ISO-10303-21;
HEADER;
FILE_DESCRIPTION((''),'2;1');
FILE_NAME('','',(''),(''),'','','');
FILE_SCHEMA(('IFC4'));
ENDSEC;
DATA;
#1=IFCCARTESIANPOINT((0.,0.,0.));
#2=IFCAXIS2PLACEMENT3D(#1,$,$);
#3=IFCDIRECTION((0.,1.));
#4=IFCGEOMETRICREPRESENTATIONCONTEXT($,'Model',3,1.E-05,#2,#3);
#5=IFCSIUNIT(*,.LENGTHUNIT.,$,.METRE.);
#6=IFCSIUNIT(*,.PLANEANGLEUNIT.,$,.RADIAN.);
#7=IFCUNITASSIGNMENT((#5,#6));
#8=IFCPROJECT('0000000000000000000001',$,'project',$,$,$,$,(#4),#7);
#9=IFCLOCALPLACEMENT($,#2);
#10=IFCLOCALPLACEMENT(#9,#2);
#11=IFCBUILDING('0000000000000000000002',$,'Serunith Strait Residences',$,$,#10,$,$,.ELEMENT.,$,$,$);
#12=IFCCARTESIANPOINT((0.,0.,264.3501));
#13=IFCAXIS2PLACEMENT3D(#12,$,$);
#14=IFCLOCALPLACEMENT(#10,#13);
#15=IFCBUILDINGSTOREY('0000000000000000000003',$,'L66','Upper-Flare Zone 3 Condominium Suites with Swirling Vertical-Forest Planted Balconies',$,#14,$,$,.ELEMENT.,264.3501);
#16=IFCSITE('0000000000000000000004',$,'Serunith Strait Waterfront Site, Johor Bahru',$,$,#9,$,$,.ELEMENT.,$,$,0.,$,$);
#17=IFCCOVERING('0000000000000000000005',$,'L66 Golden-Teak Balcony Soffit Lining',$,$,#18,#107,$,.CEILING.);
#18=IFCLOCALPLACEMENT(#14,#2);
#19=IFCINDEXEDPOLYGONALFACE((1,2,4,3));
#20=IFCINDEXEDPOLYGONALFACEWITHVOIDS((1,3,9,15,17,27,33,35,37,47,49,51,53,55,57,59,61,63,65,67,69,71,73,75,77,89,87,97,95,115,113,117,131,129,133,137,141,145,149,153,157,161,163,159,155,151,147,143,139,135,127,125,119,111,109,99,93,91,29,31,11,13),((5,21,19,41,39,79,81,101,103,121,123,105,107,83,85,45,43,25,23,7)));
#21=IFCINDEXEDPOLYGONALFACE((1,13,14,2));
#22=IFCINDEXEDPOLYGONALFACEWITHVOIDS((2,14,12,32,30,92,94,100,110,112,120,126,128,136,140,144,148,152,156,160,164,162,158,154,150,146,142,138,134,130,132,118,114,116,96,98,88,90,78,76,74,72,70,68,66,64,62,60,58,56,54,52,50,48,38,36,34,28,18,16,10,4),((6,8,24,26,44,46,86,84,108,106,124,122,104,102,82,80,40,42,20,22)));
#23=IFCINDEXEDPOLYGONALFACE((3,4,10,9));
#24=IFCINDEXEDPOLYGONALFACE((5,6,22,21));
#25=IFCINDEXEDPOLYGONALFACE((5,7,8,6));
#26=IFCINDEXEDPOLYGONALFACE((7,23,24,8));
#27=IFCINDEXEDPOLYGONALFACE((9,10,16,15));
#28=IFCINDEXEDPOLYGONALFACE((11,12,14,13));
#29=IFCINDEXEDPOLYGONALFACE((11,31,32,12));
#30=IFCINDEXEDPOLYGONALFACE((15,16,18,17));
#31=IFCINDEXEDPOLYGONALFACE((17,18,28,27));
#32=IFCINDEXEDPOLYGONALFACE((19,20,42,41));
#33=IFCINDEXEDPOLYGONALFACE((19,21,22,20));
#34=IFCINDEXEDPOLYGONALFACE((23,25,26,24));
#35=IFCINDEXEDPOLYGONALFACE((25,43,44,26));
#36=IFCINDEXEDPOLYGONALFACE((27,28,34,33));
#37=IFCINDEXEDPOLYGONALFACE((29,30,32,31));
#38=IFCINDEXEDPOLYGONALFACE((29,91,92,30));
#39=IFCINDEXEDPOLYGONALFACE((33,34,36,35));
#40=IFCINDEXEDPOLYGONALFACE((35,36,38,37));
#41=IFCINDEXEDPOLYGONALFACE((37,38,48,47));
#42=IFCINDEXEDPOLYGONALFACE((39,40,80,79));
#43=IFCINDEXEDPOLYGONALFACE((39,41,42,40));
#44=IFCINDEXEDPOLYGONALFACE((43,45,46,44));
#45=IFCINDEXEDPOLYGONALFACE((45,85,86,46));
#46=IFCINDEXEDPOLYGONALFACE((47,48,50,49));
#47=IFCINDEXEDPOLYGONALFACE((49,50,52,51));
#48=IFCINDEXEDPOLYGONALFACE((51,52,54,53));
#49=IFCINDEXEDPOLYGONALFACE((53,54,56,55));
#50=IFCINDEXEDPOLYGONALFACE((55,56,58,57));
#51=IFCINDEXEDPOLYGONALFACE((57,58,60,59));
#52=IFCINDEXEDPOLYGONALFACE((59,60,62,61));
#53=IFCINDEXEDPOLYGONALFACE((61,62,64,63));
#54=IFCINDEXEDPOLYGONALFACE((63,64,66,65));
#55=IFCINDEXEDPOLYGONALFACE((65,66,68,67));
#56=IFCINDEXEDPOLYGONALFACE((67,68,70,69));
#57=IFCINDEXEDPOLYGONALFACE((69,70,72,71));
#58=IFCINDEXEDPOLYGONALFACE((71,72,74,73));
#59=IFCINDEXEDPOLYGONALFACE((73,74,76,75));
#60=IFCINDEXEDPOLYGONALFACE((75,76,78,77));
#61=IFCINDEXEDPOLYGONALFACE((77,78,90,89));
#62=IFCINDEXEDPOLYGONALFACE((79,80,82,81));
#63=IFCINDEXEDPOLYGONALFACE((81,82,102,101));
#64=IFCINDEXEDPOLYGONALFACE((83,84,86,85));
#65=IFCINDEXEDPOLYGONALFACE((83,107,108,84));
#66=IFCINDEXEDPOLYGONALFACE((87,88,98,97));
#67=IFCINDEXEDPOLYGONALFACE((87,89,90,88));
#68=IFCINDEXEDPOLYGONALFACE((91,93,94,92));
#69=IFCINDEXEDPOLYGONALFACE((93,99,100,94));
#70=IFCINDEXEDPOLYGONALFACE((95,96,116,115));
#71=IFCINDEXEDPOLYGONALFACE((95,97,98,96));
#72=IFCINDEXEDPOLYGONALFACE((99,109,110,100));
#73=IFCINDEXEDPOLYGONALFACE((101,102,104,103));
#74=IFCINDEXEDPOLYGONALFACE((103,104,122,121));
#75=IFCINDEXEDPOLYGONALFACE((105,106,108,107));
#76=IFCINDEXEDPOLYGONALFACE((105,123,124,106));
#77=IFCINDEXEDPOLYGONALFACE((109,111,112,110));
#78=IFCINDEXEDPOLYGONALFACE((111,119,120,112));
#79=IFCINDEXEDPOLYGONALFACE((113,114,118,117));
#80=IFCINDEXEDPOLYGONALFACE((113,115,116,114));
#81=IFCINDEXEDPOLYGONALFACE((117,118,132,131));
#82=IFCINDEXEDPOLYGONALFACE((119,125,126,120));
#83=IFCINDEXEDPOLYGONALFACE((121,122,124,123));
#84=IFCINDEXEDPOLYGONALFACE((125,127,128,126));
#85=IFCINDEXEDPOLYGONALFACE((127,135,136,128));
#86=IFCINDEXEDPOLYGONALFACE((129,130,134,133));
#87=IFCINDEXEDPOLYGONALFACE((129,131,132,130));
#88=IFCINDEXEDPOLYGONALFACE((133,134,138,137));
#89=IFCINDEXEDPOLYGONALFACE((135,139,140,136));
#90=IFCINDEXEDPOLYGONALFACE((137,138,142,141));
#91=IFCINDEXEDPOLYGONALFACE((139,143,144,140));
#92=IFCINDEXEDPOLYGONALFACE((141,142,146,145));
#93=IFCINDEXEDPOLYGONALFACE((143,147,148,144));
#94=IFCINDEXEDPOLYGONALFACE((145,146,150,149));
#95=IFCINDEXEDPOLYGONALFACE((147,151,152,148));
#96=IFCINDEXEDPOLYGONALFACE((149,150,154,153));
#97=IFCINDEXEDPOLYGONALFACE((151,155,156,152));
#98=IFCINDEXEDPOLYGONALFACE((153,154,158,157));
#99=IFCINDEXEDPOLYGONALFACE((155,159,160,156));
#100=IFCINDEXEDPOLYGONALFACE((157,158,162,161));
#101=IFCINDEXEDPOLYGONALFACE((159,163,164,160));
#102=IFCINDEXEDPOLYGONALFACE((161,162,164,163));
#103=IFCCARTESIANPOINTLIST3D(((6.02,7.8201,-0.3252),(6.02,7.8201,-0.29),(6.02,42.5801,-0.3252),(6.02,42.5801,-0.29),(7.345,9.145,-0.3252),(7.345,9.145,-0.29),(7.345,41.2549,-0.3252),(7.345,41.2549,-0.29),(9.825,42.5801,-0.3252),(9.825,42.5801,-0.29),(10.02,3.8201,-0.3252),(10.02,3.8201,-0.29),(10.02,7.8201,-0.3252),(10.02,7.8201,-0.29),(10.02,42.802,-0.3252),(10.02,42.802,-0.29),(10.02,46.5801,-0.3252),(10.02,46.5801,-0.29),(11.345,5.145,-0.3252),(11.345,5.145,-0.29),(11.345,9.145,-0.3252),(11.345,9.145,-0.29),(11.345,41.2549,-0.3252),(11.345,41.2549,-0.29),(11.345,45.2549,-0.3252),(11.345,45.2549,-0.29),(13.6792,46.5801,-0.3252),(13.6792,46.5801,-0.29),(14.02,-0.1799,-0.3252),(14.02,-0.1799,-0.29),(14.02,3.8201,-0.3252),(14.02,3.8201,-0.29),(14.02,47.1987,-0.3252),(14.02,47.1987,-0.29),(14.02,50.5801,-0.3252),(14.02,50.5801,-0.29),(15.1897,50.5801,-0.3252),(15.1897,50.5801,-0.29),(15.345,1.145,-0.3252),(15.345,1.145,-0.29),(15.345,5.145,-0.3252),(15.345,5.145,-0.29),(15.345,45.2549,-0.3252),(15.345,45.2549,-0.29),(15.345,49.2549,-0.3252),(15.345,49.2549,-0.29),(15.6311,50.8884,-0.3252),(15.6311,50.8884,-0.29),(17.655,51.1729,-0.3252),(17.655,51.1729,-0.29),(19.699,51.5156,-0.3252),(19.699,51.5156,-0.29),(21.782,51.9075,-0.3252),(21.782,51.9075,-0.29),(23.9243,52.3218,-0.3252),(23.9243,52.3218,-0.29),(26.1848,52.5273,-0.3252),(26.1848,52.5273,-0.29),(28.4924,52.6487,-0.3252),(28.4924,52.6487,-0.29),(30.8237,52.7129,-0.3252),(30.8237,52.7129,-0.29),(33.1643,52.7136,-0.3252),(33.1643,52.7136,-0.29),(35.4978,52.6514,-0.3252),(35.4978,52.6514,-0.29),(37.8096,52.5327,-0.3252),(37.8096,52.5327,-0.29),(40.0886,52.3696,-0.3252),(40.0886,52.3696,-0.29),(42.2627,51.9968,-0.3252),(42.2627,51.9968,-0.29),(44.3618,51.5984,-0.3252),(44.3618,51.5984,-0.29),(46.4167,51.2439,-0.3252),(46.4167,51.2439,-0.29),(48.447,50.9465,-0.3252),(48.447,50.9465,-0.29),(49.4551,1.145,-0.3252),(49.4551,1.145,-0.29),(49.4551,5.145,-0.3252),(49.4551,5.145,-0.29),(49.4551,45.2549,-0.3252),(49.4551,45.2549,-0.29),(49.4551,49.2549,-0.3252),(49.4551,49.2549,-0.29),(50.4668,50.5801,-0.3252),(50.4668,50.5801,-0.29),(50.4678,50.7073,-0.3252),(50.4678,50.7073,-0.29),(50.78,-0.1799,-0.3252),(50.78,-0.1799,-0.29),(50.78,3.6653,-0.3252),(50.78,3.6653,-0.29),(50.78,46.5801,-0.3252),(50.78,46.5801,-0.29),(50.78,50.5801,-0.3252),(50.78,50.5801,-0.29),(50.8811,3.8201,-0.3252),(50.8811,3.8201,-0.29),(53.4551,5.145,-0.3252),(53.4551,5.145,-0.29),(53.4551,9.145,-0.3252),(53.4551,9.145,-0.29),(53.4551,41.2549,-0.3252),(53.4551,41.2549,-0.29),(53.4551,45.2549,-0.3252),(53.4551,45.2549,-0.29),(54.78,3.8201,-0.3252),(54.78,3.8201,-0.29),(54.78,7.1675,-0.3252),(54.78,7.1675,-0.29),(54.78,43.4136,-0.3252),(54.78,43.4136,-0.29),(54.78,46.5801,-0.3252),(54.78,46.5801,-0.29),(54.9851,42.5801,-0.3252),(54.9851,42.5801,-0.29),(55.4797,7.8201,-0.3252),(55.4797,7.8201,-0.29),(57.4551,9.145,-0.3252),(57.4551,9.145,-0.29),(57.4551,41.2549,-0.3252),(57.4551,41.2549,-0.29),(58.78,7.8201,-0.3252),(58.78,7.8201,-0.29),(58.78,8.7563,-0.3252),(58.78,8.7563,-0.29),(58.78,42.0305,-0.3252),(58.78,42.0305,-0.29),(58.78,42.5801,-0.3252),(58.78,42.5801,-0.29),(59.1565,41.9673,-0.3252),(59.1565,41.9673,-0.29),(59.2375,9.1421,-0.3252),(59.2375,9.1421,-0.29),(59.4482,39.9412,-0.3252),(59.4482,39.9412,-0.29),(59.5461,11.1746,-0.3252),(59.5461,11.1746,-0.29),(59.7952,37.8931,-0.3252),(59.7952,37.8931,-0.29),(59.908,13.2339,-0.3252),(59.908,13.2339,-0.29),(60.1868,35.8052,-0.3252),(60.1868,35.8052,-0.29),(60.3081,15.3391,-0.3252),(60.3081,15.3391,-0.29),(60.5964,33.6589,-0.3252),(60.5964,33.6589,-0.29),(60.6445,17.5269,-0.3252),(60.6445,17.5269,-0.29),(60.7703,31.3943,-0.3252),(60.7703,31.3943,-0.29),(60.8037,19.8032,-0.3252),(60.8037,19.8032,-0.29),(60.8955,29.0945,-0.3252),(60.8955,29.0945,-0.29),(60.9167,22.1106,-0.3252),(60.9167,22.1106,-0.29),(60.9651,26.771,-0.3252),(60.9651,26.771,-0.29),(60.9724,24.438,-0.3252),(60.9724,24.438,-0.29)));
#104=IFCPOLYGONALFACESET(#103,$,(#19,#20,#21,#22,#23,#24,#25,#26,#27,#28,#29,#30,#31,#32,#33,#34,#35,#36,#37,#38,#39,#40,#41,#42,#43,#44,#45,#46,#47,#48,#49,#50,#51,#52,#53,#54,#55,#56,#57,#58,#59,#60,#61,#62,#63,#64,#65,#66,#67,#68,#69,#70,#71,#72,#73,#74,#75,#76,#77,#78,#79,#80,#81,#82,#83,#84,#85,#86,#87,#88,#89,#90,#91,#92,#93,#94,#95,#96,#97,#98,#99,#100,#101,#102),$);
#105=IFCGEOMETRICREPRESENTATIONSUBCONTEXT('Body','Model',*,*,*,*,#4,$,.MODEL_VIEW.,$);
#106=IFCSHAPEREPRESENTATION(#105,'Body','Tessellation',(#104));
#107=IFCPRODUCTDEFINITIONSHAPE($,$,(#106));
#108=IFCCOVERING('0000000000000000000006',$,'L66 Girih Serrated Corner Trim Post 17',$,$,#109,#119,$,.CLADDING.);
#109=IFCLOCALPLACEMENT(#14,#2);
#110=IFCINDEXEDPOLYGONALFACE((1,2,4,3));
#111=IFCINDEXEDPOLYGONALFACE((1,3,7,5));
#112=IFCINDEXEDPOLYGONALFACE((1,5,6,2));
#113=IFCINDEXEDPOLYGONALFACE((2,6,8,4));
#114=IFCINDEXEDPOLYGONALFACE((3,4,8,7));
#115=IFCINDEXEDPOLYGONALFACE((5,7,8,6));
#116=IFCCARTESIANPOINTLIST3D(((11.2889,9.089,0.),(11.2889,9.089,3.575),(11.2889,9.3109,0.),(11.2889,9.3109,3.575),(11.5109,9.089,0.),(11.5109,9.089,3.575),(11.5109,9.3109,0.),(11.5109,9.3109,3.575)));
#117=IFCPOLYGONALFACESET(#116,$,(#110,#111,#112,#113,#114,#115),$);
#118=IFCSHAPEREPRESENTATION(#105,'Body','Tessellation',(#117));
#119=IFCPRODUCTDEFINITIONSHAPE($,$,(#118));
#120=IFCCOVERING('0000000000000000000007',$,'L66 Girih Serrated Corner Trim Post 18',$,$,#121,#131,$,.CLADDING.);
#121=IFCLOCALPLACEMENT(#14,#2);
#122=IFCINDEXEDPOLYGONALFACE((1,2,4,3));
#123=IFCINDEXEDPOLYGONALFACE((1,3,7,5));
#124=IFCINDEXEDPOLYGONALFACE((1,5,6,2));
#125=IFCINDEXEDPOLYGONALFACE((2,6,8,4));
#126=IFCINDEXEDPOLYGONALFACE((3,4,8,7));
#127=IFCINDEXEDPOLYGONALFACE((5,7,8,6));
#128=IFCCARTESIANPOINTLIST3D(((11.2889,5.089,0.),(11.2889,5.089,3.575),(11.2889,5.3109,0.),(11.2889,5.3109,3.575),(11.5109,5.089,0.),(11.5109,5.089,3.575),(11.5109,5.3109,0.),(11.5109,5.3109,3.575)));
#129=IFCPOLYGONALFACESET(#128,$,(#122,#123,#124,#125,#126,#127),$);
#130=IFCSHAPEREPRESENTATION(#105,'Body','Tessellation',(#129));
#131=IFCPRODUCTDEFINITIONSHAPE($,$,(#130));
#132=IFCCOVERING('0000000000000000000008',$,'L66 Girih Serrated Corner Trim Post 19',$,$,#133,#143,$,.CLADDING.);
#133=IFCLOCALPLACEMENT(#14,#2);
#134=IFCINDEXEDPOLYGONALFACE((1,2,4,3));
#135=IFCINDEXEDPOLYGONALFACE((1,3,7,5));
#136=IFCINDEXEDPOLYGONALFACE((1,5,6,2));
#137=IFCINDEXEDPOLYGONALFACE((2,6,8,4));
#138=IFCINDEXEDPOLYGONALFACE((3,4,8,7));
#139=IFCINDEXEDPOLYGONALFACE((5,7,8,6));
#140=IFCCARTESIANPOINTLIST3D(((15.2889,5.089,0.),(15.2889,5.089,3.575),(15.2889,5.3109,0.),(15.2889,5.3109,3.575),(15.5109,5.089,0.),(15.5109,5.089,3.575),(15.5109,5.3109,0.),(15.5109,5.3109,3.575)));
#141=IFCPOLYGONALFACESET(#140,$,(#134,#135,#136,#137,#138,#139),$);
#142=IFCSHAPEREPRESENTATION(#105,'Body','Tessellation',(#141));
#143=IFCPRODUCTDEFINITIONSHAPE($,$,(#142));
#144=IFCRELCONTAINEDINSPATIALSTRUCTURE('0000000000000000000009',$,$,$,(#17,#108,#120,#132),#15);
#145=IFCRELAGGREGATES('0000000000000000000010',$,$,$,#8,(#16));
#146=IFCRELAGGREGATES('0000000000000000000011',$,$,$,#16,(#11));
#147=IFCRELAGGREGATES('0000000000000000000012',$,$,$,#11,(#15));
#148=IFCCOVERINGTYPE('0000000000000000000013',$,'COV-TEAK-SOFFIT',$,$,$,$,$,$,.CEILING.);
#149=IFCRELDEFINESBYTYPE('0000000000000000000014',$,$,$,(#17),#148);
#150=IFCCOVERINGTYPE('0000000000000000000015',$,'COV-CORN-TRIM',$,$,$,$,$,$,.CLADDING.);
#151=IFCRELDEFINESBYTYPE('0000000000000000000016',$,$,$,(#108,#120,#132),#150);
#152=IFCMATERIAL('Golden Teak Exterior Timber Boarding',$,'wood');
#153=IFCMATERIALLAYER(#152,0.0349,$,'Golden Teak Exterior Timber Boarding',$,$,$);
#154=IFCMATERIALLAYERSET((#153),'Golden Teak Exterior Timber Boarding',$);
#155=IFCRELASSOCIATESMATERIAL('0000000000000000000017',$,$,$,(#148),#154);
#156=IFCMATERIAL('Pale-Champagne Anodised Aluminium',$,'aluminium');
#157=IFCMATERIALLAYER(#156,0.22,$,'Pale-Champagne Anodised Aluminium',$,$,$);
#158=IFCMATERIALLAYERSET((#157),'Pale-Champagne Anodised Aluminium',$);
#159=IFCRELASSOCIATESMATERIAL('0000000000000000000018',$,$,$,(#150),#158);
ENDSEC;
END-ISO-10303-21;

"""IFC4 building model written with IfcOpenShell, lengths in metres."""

from ifc_helpers import new_model, si_unit, direction, frame, origin, origin_2d, place, context, subcontext, project, spatial, polyline, rectangle, outline, extrude, source, transform, mapped, material, layer, layer_set, type_object, element, save


model = new_model("IFC4")

# Units and contexts
model_context = context("Model", 3, precision=1e-05, world=origin(), true_north=direction((0.0, 1.0)))
body_context = subcontext(model_context, "Body", "Model", "MODEL_VIEW")
ifc_project = project(units=[si_unit("LENGTHUNIT", "METRE"), si_unit("PLANEANGLEUNIT", "RADIAN")], contexts=[model_context])

# Site, building, storey
site_placement = place(None, origin())
site = spatial("IfcSite", under=ifc_project, at=site_placement, Name="Serunith Strait Waterfront Site, Johor Bahru", CompositionType="ELEMENT", RefElevation=0.0)
building_placement = place(site_placement, origin())
building = spatial("IfcBuilding", under=site, at=building_placement, Name="Serunith Strait Residences", CompositionType="ELEMENT")
storey_placement = place(building_placement, frame((0.0, 0.0, 264.3501)))
storey = spatial("IfcBuildingStorey", under=building, at=storey_placement, Name="L66", Description="Upper-Flare Zone 3 Condominium Suites with Swirling Vertical-Forest Planted Balconies", CompositionType="ELEMENT", Elevation=264.3501)

# Shared definitions
ifc_material_1 = material(Name="Pale-Champagne Anodised Aluminium", Category="aluminium")

# Covering
ifc_material_2 = material(Name="Golden Teak Exterior Timber Boarding", Category="wood")
ifc_layer_1 = layer(ifc_material_2, 0.0349, Name="Golden Teak Exterior Timber Boarding")
ifc_layer_set_1 = layer_set([ifc_layer_1], Name="Golden Teak Exterior Timber Boarding")
covering_type_1 = type_object("IfcCoveringType", Name="COV-TEAK-SOFFIT", PredefinedType="CEILING", material=ifc_layer_set_1)
covering_placement = place(storey_placement, frame((0.0, 0.0, -0.3252)))
element("IfcCovering", 1, at=covering_placement, inside=storey, type_object=covering_type_1, Name="L66 Golden-Teak Balcony Soffit Lining", PredefinedType="CEILING", context=body_context, shape_type="SweptSolid", body=[
    extrude(outline(polyline([(10.02, 46.5801), (13.6792, 46.5801), (14.02, 47.1987), (14.02, 50.5801), (15.1897, 50.5801), (15.6311, 50.8884), (17.655, 51.1729), (19.699, 51.5156), (21.782, 51.9075), (23.9243, 52.3218), (26.1848, 52.5273), (28.4924, 52.6487), (30.8237, 52.7129), (33.1643, 52.7136), (35.4978, 52.6514), (37.8096, 52.5327), (40.0886, 52.3696), (42.2627, 51.9968), (44.3618, 51.5984), (46.4167, 51.2439), (48.447, 50.9465), (50.4678, 50.7073), (50.4668, 50.5801), (50.78, 50.5801), (50.78, 46.5801), (54.78, 46.5801), (54.78, 43.4136), (54.9851, 42.5801), (58.78, 42.5801), (58.78, 42.0305), (59.1565, 41.9673), (59.4482, 39.9412), (59.7952, 37.8931), (60.1868, 35.8052), (60.5964, 33.6589), (60.7703, 31.3943), (60.8955, 29.0945), (60.9651, 26.771), (60.9724, 24.438), (60.9167, 22.1106), (60.8037, 19.8032), (60.6445, 17.5269), (60.3081, 15.3391), (59.908, 13.2339), (59.5461, 11.1746), (59.2375, 9.1421), (58.78, 8.7563), (58.78, 7.8201), (55.4797, 7.8201), (54.78, 7.1675), (54.78, 3.8201), (50.8811, 3.8201), (50.78, 3.6653), (50.78, -0.1799), (14.02, -0.1799), (14.02, 3.8201), (10.02, 3.8201), (10.02, 7.8201), (6.02, 7.8201), (6.02, 42.5801), (9.825, 42.5801), (10.02, 42.802), (10.02, 46.5801)]), holes=[polyline([(49.4551, 1.145), (49.4551, 5.145), (53.4551, 5.145), (53.4551, 9.145), (57.4551, 9.145), (57.4551, 41.2549), (53.4551, 41.2549), (53.4551, 45.2549), (49.4551, 45.2549), (49.4551, 49.2549), (15.345, 49.2549), (15.345, 45.2549), (11.345, 45.2549), (11.345, 41.2549), (7.345, 41.2549), (7.345, 9.145), (11.345, 9.145), (11.345, 5.145), (15.345, 5.145), (15.345, 1.145), (49.4551, 1.145)])]), origin(), (0.0, 0.0, 1.0), 0.0352),
])

# Coverings
ifc_layer_2 = layer(ifc_material_1, 0.22, Name="Pale-Champagne Anodised Aluminium")
ifc_layer_set_2 = layer_set([ifc_layer_2], Name="Pale-Champagne Anodised Aluminium")
covering_type_2 = type_object("IfcCoveringType", Name="COV-CORN-TRIM", PredefinedType="CLADDING", material=ifc_layer_set_2)
shared_shape_1 = source(origin(), body_context, "Body", "SweptSolid", [
    extrude(rectangle(XDim=0.2219, YDim=0.2219, at=origin_2d()), origin(), (0.0, 0.0, 1.0), 3.575),
])
for number, where, z_axis, x_axis, name in (
    (2, (11.3999, 9.2, 0.0), (0.0, 0.0, 1.0), (1.0, 0.0, 0.0), "L66 Girih Serrated Corner Trim Post 17"),
    (3, (11.3999, 5.2, 0.0), (0.0, 0.0, 1.0), (1.0, 0.0, 0.0), "L66 Girih Serrated Corner Trim Post 18"),
    (4, (15.3999, 5.2, 0.0), (0.0, 0.0, 1.0), (1.0, 0.0, 0.0), "L66 Girih Serrated Corner Trim Post 19"),
):
    element("IfcCovering", number, at=place(storey_placement, frame(where, z_axis=z_axis, x_axis=x_axis)), inside=storey, type_object=covering_type_2, Name=name, PredefinedType="CLADDING", context=body_context, shape_type="MappedRepresentation", body=[
        mapped(shared_shape_1, transform((0.0, 0.0, 0.0), scale=1.0)),
    ])

save(model, "model.ifc")
